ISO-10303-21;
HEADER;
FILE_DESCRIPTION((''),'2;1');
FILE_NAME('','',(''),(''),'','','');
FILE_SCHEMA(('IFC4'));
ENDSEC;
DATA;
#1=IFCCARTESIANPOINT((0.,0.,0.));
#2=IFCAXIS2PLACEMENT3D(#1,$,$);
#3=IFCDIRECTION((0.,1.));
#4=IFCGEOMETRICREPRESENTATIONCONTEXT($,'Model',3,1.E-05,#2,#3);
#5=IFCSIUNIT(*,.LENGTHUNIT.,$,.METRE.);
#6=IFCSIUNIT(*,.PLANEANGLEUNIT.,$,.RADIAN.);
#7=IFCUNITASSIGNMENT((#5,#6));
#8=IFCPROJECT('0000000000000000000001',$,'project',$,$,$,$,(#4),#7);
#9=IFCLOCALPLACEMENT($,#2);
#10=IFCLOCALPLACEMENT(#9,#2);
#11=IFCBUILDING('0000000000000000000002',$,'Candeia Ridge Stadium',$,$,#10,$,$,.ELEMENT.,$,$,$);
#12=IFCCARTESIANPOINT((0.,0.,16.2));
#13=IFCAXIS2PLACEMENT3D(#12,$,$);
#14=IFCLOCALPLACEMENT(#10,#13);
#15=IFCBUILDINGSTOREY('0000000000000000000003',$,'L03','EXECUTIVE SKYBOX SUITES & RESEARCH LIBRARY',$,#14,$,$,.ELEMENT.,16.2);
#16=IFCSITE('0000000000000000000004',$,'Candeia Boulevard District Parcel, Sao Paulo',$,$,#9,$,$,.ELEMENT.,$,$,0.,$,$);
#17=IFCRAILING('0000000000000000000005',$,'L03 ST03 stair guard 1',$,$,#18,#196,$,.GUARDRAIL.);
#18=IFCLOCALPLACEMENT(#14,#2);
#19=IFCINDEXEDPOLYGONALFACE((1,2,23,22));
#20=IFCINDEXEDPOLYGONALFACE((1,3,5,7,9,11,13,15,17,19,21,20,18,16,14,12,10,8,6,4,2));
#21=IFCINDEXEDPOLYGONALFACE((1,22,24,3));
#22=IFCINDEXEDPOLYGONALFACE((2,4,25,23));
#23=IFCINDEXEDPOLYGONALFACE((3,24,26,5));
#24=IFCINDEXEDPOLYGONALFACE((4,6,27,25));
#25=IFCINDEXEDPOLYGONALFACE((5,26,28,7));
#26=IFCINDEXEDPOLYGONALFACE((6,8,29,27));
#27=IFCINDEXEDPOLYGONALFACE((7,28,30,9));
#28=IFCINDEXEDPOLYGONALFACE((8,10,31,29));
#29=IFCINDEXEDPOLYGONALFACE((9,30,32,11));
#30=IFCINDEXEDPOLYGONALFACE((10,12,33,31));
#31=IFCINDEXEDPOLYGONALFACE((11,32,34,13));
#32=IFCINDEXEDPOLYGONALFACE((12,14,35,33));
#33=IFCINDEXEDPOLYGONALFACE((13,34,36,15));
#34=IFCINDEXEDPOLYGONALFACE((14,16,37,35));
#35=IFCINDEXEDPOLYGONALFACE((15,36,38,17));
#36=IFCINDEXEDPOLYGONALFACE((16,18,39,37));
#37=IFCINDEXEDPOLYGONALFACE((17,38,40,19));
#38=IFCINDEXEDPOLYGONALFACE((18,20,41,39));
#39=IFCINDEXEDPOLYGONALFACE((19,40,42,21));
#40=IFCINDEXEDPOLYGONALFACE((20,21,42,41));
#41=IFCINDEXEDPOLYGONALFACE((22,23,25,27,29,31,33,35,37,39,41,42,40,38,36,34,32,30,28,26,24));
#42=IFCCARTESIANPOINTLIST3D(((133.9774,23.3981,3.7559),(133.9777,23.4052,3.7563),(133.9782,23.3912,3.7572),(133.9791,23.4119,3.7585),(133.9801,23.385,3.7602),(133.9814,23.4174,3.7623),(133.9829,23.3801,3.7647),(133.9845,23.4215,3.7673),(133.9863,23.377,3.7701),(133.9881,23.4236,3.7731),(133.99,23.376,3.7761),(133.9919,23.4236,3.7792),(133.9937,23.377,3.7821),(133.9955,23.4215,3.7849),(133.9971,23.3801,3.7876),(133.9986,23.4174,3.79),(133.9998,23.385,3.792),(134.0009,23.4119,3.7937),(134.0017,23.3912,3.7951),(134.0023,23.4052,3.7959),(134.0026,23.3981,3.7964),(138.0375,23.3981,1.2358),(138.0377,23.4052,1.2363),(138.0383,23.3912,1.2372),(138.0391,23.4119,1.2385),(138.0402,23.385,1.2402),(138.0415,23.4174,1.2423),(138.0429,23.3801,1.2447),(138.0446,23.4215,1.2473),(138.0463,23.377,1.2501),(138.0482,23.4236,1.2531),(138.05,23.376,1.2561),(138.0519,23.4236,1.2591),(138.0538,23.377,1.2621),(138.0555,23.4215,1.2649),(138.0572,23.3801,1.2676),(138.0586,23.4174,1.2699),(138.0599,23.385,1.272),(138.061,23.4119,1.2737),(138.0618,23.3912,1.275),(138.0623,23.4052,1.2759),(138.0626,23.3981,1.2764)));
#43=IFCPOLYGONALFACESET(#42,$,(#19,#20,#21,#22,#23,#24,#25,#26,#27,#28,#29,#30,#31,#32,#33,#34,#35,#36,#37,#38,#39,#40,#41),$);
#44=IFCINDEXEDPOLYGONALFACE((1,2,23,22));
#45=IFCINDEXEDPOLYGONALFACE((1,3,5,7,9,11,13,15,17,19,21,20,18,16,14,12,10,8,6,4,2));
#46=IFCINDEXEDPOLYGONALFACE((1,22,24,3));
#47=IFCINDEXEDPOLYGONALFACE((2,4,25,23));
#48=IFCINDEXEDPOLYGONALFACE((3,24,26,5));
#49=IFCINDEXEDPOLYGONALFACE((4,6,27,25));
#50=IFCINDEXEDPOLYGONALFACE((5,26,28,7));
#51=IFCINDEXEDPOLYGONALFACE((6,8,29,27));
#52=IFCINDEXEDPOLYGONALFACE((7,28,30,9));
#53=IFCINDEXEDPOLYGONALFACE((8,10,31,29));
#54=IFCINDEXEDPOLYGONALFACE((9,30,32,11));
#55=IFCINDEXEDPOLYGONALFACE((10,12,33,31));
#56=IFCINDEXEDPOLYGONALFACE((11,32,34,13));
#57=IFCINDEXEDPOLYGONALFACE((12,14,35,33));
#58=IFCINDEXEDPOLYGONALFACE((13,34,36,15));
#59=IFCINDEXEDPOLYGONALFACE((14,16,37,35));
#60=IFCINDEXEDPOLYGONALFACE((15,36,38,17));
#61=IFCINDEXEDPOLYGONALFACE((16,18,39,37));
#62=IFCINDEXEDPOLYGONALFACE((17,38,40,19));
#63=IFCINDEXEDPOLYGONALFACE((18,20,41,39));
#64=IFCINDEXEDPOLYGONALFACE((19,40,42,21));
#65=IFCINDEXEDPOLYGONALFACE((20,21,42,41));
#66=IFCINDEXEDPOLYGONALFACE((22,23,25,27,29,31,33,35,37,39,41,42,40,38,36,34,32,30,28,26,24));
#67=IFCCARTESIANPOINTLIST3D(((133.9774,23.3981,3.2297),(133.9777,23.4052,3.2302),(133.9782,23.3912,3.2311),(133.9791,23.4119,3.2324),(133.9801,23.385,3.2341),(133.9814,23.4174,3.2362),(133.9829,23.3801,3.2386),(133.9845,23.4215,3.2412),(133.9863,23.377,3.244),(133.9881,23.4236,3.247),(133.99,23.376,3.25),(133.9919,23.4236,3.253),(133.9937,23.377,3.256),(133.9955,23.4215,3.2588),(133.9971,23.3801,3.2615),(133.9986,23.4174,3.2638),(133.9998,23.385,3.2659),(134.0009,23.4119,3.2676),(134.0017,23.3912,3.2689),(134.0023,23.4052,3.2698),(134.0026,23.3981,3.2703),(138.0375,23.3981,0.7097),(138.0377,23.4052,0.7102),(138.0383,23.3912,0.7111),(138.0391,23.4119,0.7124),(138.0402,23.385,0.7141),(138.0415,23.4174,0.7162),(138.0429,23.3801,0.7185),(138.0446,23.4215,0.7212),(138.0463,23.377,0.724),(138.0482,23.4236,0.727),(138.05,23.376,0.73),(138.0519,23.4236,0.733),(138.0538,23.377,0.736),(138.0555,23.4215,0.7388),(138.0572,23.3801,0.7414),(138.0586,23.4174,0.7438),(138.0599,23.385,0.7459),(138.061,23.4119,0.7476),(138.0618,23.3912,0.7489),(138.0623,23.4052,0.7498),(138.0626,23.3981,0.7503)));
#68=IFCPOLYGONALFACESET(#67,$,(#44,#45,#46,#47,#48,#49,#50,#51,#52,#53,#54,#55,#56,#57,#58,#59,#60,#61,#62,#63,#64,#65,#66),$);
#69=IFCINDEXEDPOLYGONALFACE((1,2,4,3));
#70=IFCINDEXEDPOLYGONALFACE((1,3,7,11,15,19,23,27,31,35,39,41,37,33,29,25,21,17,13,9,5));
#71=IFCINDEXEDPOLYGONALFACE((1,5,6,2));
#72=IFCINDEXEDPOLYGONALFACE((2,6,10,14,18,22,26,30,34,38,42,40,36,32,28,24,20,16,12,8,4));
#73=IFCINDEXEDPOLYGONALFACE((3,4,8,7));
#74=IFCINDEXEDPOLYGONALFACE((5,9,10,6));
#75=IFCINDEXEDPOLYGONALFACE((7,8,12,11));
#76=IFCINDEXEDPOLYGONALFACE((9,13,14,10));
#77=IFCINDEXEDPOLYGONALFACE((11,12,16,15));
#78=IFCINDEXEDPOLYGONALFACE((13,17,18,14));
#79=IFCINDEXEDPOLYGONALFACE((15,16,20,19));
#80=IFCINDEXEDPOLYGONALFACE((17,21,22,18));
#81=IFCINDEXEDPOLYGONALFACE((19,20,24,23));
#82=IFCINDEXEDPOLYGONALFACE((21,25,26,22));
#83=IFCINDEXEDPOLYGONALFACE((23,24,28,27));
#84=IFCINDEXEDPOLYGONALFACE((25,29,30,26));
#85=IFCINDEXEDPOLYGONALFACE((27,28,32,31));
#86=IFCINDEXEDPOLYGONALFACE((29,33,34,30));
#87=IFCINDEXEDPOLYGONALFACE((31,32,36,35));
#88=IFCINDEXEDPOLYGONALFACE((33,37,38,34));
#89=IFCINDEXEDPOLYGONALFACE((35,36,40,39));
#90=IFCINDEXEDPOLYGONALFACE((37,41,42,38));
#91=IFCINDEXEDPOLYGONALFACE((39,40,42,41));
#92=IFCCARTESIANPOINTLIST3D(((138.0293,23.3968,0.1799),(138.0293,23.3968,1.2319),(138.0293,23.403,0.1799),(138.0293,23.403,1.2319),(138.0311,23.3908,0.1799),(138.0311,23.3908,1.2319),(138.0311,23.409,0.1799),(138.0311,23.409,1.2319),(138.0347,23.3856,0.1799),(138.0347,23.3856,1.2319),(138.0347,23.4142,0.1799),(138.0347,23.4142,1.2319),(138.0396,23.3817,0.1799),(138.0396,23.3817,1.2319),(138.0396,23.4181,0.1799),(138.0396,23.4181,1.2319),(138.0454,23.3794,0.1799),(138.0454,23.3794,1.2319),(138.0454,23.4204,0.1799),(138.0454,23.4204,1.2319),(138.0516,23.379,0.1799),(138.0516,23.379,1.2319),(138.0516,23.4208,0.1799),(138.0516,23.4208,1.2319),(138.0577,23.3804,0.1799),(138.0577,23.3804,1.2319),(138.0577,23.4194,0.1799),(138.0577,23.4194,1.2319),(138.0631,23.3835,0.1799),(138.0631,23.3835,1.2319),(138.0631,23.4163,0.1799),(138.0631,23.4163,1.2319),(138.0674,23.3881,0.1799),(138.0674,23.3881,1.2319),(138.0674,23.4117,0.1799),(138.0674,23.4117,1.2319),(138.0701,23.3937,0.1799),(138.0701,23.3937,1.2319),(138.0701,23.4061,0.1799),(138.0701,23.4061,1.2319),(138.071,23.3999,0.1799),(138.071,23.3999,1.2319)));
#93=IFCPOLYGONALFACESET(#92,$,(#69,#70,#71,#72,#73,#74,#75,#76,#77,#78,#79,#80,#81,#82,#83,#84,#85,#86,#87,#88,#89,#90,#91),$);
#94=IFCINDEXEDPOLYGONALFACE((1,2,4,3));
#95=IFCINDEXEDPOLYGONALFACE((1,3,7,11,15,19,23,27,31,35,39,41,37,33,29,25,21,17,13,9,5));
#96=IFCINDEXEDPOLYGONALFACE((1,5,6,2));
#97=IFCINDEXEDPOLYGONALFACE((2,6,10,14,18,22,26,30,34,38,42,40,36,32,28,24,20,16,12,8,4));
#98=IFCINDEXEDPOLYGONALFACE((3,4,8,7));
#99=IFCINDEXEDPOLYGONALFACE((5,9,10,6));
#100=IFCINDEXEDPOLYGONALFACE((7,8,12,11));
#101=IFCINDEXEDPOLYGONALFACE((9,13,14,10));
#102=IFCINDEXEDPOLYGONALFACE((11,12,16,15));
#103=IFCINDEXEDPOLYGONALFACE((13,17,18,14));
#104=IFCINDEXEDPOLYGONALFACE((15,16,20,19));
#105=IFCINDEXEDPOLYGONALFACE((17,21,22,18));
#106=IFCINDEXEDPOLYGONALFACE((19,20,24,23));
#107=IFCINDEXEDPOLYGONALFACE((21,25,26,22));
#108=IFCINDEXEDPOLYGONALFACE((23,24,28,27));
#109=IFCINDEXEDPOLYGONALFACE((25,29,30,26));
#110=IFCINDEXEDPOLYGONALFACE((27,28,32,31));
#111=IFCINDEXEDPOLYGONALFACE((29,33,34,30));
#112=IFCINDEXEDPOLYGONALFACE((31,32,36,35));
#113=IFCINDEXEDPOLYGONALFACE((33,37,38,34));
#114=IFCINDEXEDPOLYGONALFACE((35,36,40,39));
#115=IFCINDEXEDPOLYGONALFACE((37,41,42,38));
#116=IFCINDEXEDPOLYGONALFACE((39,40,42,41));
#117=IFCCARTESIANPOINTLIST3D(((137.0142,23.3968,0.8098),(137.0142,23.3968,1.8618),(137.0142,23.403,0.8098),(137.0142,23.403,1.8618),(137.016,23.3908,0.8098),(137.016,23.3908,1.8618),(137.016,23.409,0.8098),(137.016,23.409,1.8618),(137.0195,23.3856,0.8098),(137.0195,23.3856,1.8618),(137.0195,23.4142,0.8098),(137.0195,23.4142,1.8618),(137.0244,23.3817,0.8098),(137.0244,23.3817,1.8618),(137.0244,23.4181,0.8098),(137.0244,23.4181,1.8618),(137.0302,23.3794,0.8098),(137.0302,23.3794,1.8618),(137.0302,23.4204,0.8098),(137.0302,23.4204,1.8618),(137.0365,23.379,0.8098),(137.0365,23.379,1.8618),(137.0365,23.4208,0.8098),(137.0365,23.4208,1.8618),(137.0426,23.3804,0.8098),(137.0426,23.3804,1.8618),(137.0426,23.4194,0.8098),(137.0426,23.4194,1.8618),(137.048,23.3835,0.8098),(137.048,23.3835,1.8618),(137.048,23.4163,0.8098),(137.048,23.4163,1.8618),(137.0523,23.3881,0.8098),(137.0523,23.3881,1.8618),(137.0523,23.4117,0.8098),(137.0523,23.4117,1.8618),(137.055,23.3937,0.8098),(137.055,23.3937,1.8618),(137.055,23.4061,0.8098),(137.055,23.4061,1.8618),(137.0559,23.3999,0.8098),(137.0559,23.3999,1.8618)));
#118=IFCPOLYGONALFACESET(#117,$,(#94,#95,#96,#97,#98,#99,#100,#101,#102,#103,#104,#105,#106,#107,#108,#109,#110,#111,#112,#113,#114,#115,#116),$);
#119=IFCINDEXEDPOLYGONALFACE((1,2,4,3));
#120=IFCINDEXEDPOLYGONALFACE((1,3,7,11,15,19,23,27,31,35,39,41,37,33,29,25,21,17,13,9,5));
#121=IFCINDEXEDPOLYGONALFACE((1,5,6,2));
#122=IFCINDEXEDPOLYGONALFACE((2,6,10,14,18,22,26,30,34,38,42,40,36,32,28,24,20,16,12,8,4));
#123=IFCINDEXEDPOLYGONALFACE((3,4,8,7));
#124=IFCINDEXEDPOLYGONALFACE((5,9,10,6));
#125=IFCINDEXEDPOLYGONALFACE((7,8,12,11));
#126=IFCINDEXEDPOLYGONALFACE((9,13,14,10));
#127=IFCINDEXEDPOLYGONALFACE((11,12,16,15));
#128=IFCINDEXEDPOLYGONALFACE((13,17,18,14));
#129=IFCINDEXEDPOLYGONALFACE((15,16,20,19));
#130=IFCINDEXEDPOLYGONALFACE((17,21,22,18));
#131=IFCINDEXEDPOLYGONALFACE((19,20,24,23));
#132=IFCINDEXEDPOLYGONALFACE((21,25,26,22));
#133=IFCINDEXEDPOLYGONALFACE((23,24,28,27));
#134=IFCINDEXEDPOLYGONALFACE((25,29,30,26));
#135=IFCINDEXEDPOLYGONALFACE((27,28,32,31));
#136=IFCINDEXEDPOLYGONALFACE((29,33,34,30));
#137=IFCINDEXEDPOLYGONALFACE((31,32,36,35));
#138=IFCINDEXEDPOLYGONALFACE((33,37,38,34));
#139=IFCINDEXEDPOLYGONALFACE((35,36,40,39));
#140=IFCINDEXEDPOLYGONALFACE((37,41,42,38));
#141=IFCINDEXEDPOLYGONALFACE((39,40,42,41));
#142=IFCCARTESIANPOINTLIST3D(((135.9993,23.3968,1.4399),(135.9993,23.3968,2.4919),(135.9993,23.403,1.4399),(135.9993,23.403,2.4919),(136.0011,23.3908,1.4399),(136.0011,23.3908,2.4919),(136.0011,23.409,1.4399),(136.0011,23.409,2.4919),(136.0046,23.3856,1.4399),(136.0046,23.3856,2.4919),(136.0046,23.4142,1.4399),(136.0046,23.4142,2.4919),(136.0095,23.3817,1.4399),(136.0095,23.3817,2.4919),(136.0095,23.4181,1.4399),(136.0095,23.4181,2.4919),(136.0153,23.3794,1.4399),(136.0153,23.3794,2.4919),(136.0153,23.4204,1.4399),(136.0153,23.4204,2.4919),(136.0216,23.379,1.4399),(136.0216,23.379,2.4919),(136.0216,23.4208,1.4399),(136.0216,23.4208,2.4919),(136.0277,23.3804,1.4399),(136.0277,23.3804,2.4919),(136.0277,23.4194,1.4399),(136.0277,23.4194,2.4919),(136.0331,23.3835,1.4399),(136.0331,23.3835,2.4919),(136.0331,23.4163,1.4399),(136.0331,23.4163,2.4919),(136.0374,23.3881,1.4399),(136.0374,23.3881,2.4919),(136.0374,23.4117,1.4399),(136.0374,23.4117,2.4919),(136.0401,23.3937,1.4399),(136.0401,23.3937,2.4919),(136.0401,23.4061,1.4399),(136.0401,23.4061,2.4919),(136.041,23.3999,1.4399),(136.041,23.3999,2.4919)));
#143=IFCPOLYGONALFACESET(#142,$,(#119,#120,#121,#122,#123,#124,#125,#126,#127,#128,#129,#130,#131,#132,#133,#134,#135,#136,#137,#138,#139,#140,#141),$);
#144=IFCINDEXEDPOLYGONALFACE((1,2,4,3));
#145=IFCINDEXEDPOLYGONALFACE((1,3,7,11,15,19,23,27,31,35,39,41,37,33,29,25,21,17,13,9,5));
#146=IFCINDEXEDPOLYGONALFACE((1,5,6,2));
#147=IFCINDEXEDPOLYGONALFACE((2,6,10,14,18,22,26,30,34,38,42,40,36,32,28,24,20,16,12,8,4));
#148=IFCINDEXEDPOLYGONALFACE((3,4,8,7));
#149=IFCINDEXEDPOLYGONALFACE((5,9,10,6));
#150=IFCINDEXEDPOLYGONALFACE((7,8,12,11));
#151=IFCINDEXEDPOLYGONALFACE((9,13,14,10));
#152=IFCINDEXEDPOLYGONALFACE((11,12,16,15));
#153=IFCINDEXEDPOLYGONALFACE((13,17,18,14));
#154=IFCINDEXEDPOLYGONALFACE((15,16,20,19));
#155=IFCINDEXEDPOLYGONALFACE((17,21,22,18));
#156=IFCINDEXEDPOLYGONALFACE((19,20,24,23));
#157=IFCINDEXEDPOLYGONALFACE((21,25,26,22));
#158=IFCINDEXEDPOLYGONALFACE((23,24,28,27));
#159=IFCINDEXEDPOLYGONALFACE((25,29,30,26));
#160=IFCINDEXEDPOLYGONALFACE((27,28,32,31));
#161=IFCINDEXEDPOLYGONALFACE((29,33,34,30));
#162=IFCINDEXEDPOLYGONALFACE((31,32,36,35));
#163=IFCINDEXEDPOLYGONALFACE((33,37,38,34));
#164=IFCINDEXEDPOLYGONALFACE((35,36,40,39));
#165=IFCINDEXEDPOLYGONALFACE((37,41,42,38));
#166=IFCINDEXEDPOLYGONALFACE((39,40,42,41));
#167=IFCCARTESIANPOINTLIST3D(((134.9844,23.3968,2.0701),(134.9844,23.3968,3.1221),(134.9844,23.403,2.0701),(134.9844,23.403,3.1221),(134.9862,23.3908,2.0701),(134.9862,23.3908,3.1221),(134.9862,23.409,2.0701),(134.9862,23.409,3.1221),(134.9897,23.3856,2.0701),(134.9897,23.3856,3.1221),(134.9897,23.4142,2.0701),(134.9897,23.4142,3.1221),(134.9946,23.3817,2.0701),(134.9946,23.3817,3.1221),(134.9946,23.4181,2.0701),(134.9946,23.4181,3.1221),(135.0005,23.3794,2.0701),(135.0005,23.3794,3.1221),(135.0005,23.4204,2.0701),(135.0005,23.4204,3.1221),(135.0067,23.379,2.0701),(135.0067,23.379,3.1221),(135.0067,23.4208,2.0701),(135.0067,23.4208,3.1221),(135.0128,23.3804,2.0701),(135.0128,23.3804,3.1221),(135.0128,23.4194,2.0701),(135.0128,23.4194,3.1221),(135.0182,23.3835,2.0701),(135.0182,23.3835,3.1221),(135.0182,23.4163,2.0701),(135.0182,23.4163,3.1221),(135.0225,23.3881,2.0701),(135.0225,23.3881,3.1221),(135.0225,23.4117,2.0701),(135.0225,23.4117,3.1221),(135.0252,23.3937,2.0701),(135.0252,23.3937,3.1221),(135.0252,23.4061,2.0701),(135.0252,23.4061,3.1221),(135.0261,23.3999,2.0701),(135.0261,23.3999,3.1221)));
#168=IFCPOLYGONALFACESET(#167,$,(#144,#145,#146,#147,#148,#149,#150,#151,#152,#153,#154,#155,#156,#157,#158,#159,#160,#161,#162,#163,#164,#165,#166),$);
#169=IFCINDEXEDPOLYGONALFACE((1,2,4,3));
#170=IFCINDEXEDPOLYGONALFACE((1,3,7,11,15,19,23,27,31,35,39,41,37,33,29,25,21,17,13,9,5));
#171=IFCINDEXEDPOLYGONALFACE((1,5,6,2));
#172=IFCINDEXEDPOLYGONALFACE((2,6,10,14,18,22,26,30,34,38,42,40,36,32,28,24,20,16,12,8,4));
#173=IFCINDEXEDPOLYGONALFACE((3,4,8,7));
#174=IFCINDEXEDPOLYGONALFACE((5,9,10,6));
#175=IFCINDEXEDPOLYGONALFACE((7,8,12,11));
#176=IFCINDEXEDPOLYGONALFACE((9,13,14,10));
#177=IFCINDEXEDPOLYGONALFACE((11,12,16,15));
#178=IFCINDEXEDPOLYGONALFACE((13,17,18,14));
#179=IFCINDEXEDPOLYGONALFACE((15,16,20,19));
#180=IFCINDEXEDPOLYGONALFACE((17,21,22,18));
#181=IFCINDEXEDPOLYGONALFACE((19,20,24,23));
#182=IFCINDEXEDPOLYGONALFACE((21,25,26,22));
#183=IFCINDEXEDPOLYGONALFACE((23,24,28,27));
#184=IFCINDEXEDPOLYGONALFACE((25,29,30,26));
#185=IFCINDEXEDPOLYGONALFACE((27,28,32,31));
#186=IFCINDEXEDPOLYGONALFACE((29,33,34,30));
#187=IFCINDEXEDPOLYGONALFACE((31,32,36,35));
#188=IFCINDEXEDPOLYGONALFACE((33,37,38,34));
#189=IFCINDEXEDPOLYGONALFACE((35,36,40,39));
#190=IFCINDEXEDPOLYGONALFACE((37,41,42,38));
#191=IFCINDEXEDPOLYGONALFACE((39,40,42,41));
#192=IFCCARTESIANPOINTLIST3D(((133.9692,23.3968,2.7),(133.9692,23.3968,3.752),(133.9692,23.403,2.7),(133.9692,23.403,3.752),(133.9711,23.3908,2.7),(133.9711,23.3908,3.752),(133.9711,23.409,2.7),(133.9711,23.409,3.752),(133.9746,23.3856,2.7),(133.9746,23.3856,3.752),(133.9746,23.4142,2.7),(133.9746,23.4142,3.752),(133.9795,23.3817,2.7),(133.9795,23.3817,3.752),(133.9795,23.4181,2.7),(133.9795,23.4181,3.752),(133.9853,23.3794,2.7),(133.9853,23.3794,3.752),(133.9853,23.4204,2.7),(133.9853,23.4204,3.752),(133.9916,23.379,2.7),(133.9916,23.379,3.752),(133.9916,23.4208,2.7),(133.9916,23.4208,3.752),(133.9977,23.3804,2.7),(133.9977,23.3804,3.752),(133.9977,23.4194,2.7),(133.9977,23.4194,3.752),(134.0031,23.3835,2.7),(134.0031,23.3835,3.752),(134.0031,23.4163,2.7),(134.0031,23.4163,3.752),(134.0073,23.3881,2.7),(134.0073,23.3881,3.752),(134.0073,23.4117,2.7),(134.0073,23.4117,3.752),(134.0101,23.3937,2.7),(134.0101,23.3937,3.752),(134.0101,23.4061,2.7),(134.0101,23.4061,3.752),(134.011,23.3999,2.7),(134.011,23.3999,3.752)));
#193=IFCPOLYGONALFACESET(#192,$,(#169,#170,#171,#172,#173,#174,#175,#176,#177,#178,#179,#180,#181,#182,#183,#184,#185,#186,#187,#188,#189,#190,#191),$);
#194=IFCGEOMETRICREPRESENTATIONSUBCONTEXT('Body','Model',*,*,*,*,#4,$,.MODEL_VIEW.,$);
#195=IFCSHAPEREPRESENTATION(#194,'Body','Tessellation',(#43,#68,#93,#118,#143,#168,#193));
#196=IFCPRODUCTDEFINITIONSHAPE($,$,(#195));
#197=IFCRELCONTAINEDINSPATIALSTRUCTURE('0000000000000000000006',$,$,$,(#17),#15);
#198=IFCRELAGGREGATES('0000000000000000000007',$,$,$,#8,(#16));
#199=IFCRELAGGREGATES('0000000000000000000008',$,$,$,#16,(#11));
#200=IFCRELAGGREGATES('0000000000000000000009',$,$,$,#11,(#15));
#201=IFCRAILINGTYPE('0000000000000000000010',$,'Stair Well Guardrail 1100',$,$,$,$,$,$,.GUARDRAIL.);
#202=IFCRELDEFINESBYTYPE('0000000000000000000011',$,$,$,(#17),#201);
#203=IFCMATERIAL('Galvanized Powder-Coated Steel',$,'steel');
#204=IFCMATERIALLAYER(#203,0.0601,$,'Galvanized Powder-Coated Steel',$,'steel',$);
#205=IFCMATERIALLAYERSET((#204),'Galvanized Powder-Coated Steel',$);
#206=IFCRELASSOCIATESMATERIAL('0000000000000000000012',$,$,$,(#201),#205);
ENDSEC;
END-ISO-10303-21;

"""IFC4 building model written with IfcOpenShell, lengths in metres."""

from ifc_helpers import new_model, si_unit, direction, frame, origin, origin_2d, place, context, subcontext, project, spatial, circle, extrude, material, layer, layer_set, type_object, element, save


model = new_model("IFC4")

# Units and contexts
model_context = context("Model", 3, precision=1e-05, world=origin(), true_north=direction((0.0, 1.0)))
body_context = subcontext(model_context, "Body", "Model", "MODEL_VIEW")
ifc_project = project(units=[si_unit("LENGTHUNIT", "METRE"), si_unit("PLANEANGLEUNIT", "RADIAN")], contexts=[model_context])

# Site, building, storey
site_placement = place(None, origin())
site = spatial("IfcSite", under=ifc_project, at=site_placement, Name="Candeia Boulevard District Parcel, Sao Paulo", CompositionType="ELEMENT", RefElevation=0.0)
building_placement = place(site_placement, origin())
building = spatial("IfcBuilding", under=site, at=building_placement, Name="Candeia Ridge Stadium", CompositionType="ELEMENT")
storey_placement = place(building_placement, frame((0.0, 0.0, 16.2)))
storey = spatial("IfcBuildingStorey", under=building, at=storey_placement, Name="L03", Description="EXECUTIVE SKYBOX SUITES & RESEARCH LIBRARY", CompositionType="ELEMENT", Elevation=16.2)

# Railing
ifc_material_1 = material(Name="Galvanized Powder-Coated Steel", Category="steel")
ifc_layer_1 = layer(ifc_material_1, 0.0601, Name="Galvanized Powder-Coated Steel", Category="steel")
ifc_layer_set_1 = layer_set([ifc_layer_1], Name="Galvanized Powder-Coated Steel")
railing_type_1 = type_object("IfcRailingType", Name="Stair Well Guardrail 1100", PredefinedType="GUARDRAIL", material=ifc_layer_set_1)
railing_1_placement = place(storey_placement, frame((138.05, 23.3999, 0.1799)))
element("IfcRailing", 1, at=railing_1_placement, inside=storey, type_object=railing_type_1, Name="L03 ST03 stair guard 1", PredefinedType="GUARDRAIL", context=body_context, shape_type="SweptSolid", body=[
    extrude(circle(Radius=0.0239, at=origin_2d()), frame((0.0, 0.0, 1.0762), z_axis=(-0.849642, 0.0, 0.52736), x_axis=(0.0, -1.0, 0.0)), (0.0, 0.0, 1.0), 4.7786),
    extrude(circle(Radius=0.0239, at=origin_2d()), frame((0.0, 0.0, 0.55), z_axis=(-0.849642, 0.0, 0.52736), x_axis=(0.0, -1.0, 0.0)), (0.0, 0.0, 1.0), 4.7786),
    extrude(circle(Radius=0.021, at=origin_2d()), origin(), (0.0, 0.0, 1.0), 1.052),
    extrude(circle(Radius=0.021, at=origin_2d()), frame((-1.0151, 0.0, 0.6299)), (0.0, 0.0, 1.0), 1.052),
    extrude(circle(Radius=0.021, at=origin_2d()), frame((-2.03, 0.0, 1.26)), (0.0, 0.0, 1.0), 1.052),
    extrude(circle(Radius=0.021, at=origin_2d()), frame((-3.0449, 0.0, 1.8901)), (0.0, 0.0, 1.0), 1.052),
    extrude(circle(Radius=0.021, at=origin_2d()), frame((-4.0601, 0.0, 2.52)), (0.0, 0.0, 1.0), 1.052),
])

save(model, "model.ifc")
